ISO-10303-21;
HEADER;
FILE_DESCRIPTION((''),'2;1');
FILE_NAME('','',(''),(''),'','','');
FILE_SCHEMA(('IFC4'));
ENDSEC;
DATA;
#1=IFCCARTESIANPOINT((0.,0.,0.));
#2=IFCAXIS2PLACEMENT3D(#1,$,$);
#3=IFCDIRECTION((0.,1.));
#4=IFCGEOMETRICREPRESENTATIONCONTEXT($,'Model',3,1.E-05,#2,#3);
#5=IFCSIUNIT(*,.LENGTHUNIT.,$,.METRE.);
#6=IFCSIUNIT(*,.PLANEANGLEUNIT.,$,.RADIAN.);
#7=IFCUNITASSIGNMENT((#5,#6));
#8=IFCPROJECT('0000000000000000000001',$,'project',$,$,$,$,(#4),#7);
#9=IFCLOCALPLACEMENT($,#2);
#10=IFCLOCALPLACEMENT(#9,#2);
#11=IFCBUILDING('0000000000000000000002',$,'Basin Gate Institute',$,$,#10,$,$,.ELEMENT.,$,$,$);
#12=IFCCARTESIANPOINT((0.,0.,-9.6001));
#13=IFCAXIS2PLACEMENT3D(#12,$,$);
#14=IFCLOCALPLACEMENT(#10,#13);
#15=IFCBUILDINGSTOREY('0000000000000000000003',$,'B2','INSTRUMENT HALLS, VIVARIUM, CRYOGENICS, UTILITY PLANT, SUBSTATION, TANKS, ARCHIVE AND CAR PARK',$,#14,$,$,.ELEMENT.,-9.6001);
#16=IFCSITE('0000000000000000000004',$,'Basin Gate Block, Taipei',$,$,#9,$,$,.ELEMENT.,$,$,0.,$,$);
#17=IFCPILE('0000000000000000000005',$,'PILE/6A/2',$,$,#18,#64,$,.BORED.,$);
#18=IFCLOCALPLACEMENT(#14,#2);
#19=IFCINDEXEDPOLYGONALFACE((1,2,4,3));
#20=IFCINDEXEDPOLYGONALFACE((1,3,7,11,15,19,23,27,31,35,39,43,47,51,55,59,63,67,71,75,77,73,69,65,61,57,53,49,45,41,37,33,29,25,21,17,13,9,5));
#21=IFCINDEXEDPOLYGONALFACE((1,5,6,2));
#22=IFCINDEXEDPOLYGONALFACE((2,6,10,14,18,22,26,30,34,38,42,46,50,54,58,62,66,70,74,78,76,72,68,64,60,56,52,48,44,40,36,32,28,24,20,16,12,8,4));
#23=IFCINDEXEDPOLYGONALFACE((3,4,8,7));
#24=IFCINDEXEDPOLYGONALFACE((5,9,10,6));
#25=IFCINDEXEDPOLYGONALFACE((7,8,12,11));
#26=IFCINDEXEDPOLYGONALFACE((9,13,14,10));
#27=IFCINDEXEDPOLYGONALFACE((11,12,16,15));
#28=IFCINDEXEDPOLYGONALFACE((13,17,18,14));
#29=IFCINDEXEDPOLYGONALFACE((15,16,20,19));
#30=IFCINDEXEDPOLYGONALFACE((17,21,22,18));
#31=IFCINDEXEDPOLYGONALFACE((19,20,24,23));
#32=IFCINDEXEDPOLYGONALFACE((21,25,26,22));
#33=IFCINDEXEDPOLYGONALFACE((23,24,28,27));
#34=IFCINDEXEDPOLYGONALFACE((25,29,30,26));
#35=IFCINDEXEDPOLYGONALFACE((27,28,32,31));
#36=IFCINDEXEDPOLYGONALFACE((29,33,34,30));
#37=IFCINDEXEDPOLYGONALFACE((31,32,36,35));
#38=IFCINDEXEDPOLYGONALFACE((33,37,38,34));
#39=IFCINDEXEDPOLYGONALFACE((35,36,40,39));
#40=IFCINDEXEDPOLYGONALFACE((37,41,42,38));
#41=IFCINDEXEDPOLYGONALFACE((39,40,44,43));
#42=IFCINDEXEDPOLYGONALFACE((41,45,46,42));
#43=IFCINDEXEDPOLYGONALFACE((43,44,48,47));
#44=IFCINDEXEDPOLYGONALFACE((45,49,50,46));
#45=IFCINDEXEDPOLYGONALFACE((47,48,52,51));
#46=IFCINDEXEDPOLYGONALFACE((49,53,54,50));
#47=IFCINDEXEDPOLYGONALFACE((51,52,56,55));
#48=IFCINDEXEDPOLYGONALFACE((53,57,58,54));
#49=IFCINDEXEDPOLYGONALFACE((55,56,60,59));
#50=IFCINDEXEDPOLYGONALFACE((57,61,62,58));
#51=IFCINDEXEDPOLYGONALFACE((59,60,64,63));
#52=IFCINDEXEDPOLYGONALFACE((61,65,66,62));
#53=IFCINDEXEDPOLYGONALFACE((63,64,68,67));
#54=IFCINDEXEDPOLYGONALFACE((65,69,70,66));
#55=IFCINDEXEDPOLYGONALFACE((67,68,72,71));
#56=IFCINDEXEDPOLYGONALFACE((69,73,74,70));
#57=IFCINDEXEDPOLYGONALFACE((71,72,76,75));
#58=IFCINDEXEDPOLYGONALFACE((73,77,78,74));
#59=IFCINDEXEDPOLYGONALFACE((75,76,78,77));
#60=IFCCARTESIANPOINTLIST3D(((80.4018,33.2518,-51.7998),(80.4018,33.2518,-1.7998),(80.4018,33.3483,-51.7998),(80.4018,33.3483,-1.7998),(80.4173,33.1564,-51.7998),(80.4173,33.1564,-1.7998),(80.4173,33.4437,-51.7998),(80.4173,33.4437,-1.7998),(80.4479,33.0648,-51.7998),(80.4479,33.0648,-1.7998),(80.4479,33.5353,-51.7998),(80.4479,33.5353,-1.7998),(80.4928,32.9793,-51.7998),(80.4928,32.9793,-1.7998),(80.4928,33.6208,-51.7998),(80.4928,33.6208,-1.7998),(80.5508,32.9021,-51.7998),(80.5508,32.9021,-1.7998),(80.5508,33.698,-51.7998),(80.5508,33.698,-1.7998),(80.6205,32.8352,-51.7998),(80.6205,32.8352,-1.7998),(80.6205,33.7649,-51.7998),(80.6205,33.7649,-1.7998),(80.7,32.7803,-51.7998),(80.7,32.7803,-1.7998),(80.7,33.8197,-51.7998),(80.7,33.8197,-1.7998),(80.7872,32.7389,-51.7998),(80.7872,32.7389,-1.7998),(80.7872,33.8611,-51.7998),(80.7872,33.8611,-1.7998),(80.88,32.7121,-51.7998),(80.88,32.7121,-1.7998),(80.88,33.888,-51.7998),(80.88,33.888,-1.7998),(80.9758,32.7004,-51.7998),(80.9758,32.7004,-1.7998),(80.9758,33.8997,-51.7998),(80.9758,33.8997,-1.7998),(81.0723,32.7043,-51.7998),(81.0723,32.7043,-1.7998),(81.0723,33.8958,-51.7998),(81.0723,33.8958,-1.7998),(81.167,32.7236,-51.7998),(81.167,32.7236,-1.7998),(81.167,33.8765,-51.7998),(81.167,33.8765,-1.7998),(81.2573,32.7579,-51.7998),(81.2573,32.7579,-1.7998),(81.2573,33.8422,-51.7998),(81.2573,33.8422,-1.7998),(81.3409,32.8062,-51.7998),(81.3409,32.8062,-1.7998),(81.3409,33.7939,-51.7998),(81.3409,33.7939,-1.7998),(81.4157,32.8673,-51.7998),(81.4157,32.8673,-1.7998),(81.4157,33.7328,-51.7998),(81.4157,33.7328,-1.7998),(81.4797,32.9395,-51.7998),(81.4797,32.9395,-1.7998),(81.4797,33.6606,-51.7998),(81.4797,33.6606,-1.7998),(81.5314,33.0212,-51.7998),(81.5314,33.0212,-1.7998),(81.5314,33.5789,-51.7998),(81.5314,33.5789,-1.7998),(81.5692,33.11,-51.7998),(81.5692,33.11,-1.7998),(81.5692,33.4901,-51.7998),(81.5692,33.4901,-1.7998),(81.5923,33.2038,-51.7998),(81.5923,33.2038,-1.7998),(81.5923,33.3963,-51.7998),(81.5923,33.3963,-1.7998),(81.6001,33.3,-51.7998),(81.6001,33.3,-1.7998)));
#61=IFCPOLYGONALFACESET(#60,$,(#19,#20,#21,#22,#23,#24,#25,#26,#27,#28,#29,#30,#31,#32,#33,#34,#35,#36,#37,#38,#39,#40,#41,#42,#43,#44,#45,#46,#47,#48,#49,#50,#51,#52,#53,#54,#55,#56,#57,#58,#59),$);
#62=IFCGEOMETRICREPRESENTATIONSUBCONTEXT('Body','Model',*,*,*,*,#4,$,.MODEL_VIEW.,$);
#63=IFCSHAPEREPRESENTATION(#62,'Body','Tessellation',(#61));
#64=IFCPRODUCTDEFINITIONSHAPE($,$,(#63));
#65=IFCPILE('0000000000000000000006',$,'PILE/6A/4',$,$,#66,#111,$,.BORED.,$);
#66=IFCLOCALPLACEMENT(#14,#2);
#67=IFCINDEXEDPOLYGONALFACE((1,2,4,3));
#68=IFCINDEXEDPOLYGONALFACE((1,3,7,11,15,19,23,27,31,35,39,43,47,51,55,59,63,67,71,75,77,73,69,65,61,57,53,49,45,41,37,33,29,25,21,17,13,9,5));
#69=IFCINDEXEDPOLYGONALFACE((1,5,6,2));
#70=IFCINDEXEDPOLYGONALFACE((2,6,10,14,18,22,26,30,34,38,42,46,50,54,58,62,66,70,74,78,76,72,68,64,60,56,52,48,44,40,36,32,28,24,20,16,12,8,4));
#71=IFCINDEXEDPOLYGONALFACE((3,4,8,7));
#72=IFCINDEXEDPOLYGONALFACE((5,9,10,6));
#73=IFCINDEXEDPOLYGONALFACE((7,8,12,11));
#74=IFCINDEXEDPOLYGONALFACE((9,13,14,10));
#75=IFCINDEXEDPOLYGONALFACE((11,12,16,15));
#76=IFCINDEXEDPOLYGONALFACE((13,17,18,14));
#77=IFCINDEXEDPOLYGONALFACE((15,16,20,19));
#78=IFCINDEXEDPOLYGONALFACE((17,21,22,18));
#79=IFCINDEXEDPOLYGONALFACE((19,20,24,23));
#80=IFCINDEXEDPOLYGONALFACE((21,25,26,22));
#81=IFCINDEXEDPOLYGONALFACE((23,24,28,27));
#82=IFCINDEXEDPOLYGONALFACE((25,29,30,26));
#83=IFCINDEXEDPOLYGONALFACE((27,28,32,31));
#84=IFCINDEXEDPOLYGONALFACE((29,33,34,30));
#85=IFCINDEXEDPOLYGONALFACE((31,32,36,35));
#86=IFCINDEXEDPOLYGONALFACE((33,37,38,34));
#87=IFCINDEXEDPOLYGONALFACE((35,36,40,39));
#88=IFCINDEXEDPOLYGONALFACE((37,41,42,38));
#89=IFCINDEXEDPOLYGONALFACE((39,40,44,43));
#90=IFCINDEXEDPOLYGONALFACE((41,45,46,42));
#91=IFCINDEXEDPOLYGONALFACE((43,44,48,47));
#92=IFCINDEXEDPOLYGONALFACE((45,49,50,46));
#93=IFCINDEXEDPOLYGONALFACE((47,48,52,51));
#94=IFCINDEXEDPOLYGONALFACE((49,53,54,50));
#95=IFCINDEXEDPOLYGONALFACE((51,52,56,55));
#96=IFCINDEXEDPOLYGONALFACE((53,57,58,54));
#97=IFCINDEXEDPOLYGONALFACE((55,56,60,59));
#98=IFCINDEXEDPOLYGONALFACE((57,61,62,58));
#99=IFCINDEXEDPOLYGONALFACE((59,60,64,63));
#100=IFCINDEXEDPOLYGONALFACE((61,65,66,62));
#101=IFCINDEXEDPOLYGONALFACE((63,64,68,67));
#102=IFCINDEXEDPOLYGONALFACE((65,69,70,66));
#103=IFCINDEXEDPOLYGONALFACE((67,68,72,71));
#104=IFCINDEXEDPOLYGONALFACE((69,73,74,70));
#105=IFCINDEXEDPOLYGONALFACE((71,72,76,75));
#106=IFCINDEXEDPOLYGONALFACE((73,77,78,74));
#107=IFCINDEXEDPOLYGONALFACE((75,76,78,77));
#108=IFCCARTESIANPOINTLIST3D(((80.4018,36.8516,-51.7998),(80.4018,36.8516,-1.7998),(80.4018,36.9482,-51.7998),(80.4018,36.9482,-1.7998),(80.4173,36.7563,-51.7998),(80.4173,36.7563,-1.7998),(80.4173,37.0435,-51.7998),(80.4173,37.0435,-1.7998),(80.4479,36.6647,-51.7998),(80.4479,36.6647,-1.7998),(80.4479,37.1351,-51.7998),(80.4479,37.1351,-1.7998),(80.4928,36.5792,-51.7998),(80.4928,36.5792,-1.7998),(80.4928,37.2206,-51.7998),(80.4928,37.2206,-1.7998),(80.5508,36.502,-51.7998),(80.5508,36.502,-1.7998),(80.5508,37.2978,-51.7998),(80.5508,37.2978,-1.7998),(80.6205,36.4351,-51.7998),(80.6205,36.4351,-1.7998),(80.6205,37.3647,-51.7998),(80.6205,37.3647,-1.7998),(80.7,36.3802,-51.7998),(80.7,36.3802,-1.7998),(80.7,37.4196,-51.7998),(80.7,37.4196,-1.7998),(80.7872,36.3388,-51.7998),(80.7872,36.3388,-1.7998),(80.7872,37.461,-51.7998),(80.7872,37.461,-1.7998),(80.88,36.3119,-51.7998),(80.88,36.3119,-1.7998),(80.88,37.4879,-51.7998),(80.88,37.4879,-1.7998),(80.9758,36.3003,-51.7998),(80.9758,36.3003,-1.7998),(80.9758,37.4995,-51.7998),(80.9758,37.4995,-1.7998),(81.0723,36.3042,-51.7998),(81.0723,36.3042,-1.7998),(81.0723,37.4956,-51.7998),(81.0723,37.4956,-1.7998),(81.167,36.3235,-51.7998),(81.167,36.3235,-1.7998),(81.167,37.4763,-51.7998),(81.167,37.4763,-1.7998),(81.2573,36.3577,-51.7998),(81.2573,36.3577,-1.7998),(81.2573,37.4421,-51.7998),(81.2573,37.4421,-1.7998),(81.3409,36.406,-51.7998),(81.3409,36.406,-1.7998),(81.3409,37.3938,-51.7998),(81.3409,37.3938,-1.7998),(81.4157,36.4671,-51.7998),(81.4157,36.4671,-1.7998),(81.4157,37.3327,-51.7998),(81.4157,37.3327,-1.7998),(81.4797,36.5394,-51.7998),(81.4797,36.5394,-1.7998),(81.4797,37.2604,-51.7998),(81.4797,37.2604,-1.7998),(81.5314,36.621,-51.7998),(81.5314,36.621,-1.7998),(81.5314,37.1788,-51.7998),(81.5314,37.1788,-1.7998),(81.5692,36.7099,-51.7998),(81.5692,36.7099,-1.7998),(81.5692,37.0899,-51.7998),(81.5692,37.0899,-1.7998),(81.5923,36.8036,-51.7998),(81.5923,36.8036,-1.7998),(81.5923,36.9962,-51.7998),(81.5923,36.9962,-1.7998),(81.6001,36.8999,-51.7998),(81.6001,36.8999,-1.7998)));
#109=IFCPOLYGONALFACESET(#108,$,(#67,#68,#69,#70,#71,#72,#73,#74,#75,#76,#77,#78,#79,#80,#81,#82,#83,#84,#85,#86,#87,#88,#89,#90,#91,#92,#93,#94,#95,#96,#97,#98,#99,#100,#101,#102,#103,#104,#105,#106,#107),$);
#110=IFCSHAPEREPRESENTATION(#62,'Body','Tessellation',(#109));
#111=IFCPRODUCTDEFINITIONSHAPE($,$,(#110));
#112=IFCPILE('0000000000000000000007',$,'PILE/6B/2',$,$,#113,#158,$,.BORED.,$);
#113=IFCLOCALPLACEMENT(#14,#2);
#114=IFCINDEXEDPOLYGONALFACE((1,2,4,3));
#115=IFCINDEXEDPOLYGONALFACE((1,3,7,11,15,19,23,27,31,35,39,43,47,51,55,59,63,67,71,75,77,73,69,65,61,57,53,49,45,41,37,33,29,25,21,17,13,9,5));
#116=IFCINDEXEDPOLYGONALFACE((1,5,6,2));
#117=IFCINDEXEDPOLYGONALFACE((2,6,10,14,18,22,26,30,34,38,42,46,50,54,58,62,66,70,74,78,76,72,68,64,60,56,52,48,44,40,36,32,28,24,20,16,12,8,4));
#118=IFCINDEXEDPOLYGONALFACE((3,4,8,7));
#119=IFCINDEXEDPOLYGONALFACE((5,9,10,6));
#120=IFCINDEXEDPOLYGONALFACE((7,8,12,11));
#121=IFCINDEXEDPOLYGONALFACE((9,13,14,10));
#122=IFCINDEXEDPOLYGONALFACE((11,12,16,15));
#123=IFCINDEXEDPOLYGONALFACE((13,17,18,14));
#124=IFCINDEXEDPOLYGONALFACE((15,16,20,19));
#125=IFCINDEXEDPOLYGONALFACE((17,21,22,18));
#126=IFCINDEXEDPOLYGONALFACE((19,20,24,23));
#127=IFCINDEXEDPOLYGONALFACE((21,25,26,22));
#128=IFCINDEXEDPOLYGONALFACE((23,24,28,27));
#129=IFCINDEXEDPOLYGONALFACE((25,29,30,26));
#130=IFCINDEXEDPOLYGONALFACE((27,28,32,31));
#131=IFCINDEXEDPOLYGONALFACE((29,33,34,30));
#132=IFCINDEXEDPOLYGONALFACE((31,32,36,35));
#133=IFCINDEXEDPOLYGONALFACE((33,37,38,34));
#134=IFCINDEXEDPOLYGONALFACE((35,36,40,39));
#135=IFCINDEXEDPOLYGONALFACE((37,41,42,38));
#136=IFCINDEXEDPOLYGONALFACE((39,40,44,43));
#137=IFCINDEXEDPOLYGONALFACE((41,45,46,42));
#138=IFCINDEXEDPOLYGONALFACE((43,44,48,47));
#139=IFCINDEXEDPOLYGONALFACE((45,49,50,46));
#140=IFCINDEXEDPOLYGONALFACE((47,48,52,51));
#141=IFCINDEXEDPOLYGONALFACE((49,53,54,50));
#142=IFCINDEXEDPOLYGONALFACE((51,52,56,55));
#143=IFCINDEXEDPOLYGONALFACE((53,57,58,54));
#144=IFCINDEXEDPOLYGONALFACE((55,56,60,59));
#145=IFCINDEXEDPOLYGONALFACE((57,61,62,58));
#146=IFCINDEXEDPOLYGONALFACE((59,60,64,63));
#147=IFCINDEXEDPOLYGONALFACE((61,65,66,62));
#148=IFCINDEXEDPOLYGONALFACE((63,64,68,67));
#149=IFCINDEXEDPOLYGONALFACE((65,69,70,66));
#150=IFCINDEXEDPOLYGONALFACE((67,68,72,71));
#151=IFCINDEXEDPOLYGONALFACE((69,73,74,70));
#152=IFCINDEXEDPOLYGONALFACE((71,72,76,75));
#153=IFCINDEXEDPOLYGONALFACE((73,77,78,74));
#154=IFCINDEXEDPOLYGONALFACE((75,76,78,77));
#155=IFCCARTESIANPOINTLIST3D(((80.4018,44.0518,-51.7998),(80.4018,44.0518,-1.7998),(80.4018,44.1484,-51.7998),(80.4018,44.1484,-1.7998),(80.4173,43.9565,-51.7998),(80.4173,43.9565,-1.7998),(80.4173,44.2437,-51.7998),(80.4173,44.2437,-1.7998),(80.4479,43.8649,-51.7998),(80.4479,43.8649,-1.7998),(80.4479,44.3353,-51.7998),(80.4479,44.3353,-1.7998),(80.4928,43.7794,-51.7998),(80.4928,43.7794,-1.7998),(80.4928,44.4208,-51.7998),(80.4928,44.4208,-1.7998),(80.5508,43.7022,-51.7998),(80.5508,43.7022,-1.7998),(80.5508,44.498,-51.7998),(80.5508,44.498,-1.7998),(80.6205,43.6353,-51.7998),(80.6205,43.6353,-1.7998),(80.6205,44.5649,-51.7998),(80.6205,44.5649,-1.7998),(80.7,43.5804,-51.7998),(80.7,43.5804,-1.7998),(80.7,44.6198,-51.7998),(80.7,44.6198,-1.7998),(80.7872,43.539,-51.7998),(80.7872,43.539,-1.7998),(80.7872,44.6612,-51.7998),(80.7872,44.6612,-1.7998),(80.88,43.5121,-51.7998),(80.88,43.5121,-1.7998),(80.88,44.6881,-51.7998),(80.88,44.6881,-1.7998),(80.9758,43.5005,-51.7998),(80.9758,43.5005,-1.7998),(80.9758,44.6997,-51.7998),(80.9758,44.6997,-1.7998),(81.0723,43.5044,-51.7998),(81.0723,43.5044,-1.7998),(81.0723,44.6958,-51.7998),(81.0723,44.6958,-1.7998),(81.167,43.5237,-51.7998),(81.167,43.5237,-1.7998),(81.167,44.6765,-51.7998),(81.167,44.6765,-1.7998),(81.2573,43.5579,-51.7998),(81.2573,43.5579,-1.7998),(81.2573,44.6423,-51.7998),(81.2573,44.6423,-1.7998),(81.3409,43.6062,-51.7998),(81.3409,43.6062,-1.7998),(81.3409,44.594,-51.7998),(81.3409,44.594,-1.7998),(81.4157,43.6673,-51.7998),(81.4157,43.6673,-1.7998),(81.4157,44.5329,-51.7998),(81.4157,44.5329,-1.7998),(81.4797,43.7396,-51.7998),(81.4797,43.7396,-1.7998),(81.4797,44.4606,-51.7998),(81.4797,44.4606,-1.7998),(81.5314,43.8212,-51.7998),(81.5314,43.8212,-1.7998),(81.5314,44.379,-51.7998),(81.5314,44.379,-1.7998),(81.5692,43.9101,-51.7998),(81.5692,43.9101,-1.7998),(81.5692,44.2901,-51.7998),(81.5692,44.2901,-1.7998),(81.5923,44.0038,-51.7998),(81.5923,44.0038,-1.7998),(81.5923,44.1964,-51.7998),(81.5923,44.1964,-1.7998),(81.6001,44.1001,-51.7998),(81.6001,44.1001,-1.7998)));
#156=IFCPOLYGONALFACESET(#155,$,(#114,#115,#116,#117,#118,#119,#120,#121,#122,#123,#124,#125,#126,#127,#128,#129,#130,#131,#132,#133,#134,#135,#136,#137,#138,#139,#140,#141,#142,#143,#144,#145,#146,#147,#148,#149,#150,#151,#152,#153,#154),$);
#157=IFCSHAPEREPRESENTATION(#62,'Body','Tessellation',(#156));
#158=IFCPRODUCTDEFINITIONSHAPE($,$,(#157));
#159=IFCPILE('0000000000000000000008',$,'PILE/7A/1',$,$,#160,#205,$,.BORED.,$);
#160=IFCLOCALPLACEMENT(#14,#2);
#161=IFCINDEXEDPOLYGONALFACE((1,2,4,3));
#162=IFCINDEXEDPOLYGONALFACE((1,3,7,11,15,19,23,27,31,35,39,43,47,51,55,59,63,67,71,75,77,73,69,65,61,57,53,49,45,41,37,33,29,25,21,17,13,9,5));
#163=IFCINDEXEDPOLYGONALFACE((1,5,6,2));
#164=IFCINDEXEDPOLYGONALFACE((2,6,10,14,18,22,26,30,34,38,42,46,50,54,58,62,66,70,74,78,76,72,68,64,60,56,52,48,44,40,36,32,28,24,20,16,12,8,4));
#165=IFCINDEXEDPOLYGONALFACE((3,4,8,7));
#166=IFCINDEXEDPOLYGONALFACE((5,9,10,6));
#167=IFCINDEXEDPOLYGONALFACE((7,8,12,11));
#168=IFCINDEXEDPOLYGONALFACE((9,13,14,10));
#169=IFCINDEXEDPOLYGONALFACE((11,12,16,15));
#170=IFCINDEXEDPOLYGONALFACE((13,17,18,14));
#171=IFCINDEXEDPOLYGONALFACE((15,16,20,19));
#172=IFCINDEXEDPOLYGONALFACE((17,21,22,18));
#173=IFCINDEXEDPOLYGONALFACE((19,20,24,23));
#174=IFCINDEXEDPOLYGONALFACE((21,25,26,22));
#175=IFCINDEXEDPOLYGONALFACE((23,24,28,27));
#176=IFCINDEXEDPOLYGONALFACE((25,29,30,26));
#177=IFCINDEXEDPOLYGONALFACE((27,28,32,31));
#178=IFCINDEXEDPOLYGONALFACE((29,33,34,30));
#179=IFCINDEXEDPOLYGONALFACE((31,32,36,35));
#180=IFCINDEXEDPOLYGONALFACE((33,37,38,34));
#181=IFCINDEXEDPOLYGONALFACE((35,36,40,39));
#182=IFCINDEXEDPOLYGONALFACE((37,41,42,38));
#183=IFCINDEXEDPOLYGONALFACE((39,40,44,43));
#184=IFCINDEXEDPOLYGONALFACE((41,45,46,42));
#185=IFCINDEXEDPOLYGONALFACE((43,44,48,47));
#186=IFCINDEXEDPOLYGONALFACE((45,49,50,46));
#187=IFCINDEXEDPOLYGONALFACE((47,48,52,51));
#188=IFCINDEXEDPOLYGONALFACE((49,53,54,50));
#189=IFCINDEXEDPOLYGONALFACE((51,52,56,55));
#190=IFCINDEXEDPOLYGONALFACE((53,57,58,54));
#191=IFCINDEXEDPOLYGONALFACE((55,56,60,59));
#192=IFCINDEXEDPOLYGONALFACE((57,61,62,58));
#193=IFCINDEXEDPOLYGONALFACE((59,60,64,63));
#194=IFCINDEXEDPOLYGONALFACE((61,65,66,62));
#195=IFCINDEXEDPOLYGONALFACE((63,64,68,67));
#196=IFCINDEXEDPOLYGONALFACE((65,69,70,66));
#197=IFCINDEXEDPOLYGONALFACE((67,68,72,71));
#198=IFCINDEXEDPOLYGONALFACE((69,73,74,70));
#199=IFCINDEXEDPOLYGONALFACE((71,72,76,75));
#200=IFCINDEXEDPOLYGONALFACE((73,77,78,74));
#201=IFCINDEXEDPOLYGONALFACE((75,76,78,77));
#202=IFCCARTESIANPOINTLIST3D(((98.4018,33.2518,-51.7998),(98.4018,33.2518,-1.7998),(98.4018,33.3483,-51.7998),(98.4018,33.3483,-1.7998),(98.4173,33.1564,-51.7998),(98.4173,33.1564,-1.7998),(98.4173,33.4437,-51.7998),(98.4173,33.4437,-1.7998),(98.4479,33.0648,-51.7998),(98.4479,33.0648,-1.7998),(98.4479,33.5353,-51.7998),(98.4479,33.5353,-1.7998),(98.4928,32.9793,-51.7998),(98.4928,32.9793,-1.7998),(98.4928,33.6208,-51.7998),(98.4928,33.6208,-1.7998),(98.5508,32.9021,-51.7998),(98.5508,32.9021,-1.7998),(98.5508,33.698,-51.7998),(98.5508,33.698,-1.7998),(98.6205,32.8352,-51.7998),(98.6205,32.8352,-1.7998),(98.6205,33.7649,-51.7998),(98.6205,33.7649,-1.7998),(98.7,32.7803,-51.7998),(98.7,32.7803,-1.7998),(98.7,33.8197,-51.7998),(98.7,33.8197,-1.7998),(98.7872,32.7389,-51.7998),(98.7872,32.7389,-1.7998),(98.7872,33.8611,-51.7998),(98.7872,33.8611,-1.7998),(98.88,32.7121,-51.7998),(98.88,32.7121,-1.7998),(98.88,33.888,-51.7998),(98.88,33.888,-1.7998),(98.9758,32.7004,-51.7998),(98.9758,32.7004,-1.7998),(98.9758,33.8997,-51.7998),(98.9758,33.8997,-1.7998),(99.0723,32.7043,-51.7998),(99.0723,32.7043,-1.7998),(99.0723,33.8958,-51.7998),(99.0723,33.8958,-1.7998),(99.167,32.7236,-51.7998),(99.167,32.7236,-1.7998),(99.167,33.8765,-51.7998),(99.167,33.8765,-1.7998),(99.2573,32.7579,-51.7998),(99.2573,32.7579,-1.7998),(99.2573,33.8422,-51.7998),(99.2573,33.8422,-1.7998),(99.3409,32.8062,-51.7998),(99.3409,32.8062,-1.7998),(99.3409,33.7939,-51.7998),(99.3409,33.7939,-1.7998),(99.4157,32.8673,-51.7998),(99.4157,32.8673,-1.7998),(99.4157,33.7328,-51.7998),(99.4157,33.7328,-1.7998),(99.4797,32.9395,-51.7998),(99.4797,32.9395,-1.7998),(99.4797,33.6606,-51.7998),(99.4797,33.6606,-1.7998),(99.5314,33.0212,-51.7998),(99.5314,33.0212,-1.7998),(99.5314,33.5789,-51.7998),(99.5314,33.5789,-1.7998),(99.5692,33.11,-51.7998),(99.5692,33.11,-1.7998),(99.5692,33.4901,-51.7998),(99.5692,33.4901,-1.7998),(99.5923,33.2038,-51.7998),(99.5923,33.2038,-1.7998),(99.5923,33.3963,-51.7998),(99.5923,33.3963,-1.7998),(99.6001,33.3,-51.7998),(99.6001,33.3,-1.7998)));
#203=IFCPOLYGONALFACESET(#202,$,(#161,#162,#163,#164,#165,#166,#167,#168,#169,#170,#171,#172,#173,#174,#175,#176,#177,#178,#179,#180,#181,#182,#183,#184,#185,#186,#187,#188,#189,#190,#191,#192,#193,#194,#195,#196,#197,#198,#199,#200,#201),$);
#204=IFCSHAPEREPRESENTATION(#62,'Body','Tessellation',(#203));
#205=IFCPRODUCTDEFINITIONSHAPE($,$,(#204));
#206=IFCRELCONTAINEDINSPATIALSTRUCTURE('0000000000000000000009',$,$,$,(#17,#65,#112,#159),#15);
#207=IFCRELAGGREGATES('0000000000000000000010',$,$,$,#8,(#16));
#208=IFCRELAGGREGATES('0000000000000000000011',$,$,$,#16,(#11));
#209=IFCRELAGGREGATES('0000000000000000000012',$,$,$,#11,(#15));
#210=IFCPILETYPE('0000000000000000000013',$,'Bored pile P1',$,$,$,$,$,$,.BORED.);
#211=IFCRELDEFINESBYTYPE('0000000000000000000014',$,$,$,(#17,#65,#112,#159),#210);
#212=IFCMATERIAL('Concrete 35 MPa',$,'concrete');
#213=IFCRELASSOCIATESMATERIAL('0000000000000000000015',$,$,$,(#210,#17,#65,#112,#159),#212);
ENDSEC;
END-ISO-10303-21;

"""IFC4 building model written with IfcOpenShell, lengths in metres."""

from ifc_helpers import new_model, si_unit, direction, frame, origin, origin_2d, place, context, subcontext, project, spatial, circle, extrude, material, material_profile, profile_set, type_object, element, save


model = new_model("IFC4")

# Units and contexts
model_context = context("Model", 3, precision=1e-05, world=origin(), true_north=direction((0.0, 1.0)))
body_context = subcontext(model_context, "Body", "Model", "MODEL_VIEW")
ifc_project = project(units=[si_unit("LENGTHUNIT", "METRE"), si_unit("PLANEANGLEUNIT", "RADIAN")], contexts=[model_context])

# Site, building, storey
site_placement = place(None, origin())
site = spatial("IfcSite", under=ifc_project, at=site_placement, Name="Basin Gate Block, Taipei", CompositionType="ELEMENT", RefElevation=0.0)
building_placement = place(site_placement, origin())
building = spatial("IfcBuilding", under=site, at=building_placement, Name="Basin Gate Institute", CompositionType="ELEMENT")
storey_placement = place(building_placement, frame((0.0, 0.0, -9.6001)))
storey = spatial("IfcBuildingStorey", under=building, at=storey_placement, Name="B2", Description="INSTRUMENT HALLS, VIVARIUM, CRYOGENICS, UTILITY PLANT, SUBSTATION, TANKS, ARCHIVE AND CAR PARK", CompositionType="ELEMENT", Elevation=-9.6001)

# Piles
ifc_material_1 = material(Name="Concrete 35 MPa", Category="concrete")
ifc_material_profile_1 = material_profile(ifc_material_1, circle(Radius=0.6001, at=origin_2d()), Name="Bored pile P1 1200 dia")
ifc_profile_set_1 = profile_set([ifc_material_profile_1], Name="Concrete 35 MPa")
pile_type = type_object("IfcPileType", Name="Bored pile P1", PredefinedType="BORED", material=ifc_profile_set_1)
for number, where, z_axis, x_axis, name in (
    (1, (81.0, 33.3, -1.7998), (0.0, 0.0, -1.0), (1.0, 0.0, 0.0), "PILE/6A/2"),
    (2, (81.0, 36.8999, -1.7998), (0.0, 0.0, -1.0), (1.0, 0.0, 0.0), "PILE/6A/4"),
    (3, (81.0, 44.1001, -1.7998), (0.0, 0.0, -1.0), (1.0, 0.0, 0.0), "PILE/6B/2"),
    (4, (99.0, 33.3, -1.7998), (0.0, 0.0, -1.0), (1.0, 0.0, 0.0), "PILE/7A/1"),
):
    element("IfcPile", number, at=place(storey_placement, frame(where, z_axis=z_axis, x_axis=x_axis)), inside=storey, type_object=pile_type, material=ifc_profile_set_1, Name=name, PredefinedType="BORED", context=body_context, shape_type="SweptSolid", body=[
        extrude(circle(Radius=0.6001, at=origin_2d()), origin(), (0.0, 0.0, 1.0), 50.0),
    ])

save(model, "model.ifc")
